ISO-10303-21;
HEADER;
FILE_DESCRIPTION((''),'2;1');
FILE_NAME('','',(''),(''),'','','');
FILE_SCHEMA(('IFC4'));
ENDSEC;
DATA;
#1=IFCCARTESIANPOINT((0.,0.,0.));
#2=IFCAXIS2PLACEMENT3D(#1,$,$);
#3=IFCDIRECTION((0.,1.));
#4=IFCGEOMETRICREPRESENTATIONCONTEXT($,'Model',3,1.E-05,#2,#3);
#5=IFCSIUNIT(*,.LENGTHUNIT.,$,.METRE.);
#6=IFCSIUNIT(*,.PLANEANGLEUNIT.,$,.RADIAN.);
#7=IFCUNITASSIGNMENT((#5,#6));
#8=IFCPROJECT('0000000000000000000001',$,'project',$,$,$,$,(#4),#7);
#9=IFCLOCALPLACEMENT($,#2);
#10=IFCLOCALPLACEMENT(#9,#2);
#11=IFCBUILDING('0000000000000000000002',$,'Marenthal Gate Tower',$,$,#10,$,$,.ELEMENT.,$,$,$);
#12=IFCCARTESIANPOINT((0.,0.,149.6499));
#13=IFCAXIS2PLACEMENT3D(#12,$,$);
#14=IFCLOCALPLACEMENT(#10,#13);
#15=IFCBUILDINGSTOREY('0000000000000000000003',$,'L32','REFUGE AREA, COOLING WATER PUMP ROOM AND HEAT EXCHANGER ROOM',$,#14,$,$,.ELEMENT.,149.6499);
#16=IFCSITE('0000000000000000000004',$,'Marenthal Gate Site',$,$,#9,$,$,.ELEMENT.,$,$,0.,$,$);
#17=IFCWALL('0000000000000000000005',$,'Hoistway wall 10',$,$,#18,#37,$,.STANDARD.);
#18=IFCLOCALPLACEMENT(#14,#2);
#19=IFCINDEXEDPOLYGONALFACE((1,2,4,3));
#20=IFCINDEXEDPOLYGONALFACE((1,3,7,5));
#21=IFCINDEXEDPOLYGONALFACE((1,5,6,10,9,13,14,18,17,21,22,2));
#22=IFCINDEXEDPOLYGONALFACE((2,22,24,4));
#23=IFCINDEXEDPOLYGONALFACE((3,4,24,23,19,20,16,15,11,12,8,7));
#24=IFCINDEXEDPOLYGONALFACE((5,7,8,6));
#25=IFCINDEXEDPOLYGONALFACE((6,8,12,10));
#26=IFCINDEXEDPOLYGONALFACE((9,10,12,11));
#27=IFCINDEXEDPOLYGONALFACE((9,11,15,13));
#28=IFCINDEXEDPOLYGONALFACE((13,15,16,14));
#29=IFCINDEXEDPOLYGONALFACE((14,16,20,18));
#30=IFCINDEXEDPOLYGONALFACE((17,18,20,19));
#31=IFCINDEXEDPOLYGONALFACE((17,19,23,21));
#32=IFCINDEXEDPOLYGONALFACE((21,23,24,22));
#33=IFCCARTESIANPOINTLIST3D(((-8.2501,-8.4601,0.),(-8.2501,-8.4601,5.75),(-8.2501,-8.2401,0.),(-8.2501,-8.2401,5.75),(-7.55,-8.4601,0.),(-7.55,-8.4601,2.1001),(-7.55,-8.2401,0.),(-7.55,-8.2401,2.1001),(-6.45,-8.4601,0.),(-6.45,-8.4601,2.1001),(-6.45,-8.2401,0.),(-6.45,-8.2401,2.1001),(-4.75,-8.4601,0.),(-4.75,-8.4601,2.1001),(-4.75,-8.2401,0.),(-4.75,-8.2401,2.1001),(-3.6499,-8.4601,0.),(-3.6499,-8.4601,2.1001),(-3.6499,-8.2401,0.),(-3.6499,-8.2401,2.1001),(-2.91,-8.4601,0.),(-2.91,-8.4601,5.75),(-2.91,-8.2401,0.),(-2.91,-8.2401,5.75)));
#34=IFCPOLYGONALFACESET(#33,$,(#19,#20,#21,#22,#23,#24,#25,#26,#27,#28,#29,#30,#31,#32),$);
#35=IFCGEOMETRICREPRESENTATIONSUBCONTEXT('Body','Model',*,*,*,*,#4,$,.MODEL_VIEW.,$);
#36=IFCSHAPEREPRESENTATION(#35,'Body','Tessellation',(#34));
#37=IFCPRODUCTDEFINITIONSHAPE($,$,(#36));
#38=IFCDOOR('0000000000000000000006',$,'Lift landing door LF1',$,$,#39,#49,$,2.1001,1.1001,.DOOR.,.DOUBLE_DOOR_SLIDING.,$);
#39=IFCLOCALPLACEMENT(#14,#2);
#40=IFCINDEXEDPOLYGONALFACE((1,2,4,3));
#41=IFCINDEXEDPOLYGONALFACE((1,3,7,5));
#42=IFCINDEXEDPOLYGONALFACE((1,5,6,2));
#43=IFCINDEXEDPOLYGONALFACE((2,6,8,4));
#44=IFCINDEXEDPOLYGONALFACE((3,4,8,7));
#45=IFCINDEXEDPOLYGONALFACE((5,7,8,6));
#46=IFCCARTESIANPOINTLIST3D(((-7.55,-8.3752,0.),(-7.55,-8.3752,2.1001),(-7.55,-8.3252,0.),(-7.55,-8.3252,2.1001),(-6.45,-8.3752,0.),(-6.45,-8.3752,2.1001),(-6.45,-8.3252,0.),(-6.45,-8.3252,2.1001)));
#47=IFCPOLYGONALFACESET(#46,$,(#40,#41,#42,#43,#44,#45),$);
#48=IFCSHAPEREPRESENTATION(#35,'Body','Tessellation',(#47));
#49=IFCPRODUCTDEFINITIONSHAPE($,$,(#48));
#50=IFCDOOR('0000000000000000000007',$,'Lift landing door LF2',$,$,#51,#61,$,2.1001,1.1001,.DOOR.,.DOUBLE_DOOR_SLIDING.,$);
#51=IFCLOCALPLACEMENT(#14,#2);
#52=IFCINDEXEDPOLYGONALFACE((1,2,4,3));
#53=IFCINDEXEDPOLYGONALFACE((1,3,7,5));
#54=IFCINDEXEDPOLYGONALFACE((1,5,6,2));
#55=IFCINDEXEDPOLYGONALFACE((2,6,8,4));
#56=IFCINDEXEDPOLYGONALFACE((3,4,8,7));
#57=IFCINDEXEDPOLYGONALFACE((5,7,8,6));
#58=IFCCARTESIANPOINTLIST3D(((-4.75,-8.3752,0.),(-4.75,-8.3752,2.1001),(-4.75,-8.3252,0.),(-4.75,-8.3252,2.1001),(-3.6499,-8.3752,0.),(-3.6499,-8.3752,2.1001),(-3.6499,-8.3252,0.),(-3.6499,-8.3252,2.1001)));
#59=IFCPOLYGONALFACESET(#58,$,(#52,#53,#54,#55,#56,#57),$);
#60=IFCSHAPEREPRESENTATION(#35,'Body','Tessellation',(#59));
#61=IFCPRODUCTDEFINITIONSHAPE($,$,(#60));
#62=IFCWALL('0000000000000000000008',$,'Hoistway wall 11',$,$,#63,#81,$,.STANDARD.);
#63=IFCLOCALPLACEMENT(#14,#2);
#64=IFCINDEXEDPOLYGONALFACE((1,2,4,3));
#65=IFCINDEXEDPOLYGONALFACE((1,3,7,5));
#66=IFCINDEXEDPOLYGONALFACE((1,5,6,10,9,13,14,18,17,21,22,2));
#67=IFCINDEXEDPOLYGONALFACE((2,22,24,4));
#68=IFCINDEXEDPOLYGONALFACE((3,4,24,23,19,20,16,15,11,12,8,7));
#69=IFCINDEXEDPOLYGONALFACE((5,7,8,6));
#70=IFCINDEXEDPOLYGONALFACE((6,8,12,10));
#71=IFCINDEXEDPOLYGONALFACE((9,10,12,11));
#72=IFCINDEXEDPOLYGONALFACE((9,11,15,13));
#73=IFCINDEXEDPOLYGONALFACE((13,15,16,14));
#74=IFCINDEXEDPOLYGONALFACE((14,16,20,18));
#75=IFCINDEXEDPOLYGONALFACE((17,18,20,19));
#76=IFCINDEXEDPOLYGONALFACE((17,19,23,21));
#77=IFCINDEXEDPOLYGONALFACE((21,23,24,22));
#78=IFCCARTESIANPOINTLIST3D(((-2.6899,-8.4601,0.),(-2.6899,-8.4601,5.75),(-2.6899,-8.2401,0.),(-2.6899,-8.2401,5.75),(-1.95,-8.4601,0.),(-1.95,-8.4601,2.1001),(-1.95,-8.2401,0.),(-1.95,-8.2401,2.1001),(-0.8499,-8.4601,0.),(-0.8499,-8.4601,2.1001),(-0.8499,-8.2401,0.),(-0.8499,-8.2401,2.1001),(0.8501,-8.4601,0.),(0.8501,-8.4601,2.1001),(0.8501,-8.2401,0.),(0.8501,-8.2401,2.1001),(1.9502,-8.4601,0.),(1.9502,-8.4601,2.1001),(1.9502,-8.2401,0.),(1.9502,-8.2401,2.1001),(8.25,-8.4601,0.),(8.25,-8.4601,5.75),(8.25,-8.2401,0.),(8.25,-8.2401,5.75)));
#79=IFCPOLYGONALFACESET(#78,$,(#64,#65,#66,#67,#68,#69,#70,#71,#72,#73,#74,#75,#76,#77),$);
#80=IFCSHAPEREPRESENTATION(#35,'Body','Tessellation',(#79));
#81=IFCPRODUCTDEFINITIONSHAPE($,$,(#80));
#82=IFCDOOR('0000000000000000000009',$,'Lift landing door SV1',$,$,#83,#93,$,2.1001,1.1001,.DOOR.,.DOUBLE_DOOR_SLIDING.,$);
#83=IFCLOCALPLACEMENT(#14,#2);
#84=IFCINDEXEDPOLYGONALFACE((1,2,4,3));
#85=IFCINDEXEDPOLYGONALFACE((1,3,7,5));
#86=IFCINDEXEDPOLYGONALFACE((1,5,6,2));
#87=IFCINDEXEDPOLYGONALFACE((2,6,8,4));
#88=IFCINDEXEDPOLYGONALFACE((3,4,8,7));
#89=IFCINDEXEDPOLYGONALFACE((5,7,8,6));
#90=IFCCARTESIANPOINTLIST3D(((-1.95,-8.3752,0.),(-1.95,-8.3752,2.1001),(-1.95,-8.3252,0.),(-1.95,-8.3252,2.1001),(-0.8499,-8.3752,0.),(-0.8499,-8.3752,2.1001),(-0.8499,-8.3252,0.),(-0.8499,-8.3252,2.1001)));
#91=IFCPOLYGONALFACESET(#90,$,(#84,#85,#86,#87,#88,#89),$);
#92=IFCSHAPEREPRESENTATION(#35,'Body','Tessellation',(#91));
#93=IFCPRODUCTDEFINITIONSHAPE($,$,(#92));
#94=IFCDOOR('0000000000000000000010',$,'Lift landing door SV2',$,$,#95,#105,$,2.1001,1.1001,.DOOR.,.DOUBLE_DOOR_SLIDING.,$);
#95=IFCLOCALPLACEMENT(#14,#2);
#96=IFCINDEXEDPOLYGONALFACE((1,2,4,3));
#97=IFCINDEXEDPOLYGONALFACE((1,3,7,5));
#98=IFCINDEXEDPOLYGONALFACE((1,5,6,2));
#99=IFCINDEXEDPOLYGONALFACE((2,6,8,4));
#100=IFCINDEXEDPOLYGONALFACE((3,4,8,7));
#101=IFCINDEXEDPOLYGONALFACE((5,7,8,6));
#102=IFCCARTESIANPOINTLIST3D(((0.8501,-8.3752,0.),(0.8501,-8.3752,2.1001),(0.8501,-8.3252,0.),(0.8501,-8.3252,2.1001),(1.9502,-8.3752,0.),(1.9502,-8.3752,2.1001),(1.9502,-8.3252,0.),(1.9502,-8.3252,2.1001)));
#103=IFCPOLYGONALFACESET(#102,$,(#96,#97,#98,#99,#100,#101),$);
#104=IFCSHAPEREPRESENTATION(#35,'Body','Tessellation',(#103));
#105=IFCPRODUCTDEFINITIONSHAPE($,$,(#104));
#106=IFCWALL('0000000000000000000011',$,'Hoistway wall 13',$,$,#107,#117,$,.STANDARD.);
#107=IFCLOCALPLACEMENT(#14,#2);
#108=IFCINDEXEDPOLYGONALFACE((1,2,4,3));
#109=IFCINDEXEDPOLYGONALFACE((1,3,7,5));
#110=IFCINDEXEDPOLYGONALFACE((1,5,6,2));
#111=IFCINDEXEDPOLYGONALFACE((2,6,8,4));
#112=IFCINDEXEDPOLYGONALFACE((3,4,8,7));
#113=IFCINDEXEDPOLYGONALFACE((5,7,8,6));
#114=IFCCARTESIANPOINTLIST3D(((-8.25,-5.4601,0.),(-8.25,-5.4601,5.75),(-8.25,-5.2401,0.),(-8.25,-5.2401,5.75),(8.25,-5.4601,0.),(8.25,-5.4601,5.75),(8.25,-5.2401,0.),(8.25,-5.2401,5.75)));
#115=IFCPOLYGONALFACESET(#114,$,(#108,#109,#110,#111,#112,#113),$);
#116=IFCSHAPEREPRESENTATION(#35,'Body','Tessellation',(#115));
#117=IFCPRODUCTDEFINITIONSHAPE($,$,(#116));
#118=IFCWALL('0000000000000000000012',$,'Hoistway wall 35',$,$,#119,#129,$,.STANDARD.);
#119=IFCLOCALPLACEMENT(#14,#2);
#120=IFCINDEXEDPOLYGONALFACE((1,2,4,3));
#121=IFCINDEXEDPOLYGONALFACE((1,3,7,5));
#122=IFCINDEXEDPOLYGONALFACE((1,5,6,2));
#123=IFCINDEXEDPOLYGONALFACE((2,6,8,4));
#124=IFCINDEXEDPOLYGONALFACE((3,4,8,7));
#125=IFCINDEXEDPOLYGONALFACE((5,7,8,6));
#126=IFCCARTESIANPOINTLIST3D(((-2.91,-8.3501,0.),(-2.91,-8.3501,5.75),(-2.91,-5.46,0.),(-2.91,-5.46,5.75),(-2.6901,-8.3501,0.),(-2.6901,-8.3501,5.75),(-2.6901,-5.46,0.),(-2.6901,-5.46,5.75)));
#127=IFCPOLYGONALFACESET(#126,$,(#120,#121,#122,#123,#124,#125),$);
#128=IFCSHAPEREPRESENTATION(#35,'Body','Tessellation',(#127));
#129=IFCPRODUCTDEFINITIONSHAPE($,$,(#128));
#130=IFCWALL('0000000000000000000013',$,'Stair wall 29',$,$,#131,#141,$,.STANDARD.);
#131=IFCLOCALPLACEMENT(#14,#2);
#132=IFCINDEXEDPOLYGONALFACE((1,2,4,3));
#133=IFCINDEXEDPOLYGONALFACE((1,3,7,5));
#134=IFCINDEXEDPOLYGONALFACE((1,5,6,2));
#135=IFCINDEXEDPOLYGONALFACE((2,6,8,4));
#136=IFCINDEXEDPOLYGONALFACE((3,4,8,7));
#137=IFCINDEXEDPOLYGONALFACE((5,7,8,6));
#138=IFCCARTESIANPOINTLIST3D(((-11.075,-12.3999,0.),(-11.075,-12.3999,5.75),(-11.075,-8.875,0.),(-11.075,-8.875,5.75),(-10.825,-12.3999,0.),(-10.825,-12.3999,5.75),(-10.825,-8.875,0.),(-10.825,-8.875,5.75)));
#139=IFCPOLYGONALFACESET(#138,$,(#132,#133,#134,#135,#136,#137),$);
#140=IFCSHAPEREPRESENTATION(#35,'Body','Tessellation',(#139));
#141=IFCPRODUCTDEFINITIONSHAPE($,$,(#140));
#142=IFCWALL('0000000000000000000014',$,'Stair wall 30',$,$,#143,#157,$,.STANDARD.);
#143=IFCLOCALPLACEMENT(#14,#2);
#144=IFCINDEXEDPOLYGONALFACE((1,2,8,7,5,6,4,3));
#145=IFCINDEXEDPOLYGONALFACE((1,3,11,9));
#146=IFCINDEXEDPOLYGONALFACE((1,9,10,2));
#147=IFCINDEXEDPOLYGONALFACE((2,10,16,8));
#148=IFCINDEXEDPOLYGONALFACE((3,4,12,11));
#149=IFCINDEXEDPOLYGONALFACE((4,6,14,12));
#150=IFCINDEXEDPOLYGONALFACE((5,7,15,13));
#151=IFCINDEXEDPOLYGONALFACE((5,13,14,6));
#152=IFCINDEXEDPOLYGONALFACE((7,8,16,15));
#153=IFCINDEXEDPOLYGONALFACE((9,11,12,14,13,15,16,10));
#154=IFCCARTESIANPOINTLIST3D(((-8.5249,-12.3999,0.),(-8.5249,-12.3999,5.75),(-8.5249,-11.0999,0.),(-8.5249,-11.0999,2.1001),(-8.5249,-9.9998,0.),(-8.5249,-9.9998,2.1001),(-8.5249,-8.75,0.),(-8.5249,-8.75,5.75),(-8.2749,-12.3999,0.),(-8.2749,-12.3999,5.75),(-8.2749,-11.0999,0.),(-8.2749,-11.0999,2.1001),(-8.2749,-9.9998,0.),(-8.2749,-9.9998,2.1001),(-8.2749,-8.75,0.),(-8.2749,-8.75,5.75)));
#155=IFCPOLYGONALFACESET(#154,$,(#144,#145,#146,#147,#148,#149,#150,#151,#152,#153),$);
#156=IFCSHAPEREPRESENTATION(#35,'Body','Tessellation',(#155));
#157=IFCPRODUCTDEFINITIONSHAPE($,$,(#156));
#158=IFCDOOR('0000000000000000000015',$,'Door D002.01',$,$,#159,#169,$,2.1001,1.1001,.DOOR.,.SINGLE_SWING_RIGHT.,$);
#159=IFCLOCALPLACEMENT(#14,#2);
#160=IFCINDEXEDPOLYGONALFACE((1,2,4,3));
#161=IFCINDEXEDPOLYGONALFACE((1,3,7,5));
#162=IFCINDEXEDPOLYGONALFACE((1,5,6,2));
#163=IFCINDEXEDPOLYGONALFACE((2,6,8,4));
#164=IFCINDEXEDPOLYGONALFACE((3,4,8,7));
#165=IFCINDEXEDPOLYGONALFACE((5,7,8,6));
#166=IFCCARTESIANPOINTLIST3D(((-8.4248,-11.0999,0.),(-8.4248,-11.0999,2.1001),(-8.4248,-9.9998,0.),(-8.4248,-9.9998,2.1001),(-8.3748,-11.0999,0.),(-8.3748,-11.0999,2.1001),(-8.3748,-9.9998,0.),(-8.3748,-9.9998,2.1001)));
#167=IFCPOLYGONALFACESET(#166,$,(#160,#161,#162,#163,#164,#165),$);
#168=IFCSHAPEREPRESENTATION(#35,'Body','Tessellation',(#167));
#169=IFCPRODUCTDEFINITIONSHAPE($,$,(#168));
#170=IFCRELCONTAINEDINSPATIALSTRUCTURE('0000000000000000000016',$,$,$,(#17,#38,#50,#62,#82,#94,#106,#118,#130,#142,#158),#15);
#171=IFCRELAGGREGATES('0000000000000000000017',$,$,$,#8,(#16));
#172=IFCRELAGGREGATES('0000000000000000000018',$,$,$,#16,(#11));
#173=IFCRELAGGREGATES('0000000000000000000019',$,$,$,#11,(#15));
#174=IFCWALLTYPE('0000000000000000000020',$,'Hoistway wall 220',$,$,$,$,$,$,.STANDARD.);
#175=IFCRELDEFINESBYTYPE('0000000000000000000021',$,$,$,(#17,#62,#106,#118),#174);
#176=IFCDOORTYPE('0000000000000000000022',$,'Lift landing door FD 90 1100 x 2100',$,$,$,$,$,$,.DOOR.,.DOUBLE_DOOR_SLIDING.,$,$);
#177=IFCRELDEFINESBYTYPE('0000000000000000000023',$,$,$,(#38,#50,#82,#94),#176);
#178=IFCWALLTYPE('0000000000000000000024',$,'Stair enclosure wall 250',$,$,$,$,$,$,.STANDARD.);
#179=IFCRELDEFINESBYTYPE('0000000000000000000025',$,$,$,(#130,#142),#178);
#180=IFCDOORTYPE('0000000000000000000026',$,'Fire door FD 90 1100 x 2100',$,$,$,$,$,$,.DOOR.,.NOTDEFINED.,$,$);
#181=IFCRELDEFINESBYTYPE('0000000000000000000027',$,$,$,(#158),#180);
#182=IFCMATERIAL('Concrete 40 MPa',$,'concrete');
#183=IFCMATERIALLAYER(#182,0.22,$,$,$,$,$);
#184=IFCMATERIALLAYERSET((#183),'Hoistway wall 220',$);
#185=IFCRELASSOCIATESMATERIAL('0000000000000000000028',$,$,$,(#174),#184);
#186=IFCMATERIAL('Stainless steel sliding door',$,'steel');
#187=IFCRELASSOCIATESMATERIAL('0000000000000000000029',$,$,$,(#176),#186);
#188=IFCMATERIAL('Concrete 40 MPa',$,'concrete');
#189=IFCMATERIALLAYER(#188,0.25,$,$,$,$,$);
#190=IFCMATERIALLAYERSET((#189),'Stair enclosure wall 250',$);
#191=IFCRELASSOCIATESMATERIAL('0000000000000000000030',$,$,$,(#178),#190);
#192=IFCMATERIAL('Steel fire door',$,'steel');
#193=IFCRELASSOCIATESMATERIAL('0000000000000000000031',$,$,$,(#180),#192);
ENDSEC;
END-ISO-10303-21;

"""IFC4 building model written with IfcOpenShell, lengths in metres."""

from ifc_helpers import new_model, si_unit, direction, frame, frame_2d, origin, place, context, subcontext, project, spatial, rectangle, extrude, material, layer, layer_set, type_object, element, fill, save


model = new_model("IFC4")

# Units and contexts
model_context = context("Model", 3, precision=1e-05, world=origin(), true_north=direction((0.0, 1.0)))
body_context = subcontext(model_context, "Body", "Model", "MODEL_VIEW")
ifc_project = project(units=[si_unit("LENGTHUNIT", "METRE"), si_unit("PLANEANGLEUNIT", "RADIAN")], contexts=[model_context])

# Site, building, storey
site_placement = place(None, origin())
site = spatial("IfcSite", under=ifc_project, at=site_placement, Name="Marenthal Gate Site", CompositionType="ELEMENT", RefElevation=0.0)
building_placement = place(site_placement, origin())
building = spatial("IfcBuilding", under=site, at=building_placement, Name="Marenthal Gate Tower", CompositionType="ELEMENT")
storey_placement = place(building_placement, frame((0.0, 0.0, 149.6499)))
storey = spatial("IfcBuildingStorey", under=building, at=storey_placement, Name="L32", Description="REFUGE AREA, COOLING WATER PUMP ROOM AND HEAT EXCHANGER ROOM", CompositionType="ELEMENT", Elevation=149.6499)

# Walls, openings, doors
ifc_material_1 = material(Name="Concrete 40 MPa", Category="concrete")
ifc_layer_1 = layer(ifc_material_1, 0.22)
ifc_layer_set_1 = layer_set([ifc_layer_1], Name="Hoistway wall 220")
wall_type_1 = type_object("IfcWallType", Name="Hoistway wall 220", PredefinedType="STANDARD", material=ifc_layer_set_1)
wall_1_placement = place(storey_placement, frame((-8.25, -8.3501, 0.0), z_axis=(0.0, 0.0, 1.0), x_axis=(1.0, 0.0, 0.0)))
wall_1 = element("IfcWall", 1, at=wall_1_placement, inside=storey, type_object=wall_type_1, Name="Hoistway wall 10", PredefinedType="STANDARD", context=body_context, shape_type="SweptSolid", body=[
    extrude(rectangle(XDim=5.3401, YDim=0.22, at=frame_2d((2.6699, 0.0))), origin(), (0.0, 0.0, 1.0), 5.75),
])
opening_1_placement = place(wall_1_placement, frame((0.7, 0.0, 0.0)))
opening_1 = element("IfcOpeningElement", 2, at=opening_1_placement, cuts=wall_1, PredefinedType="OPENING", context=body_context, shape_type="SweptSolid", body=[
    extrude(rectangle(XDim=1.1001, YDim=2.1001, at=frame_2d((0.55, 1.05))), frame((0.0, 0.1201, 0.0), z_axis=(0.0, -1.0, 0.0), x_axis=(1.0, 0.0, 0.0)), (0.0, 0.0, 1.0), 0.24),
])
opening_2_placement = place(wall_1_placement, frame((3.5, 0.0, 0.0)))
opening_2 = element("IfcOpeningElement", 3, at=opening_2_placement, cuts=wall_1, PredefinedType="OPENING", context=body_context, shape_type="SweptSolid", body=[
    extrude(rectangle(XDim=1.1001, YDim=2.1001, at=frame_2d((0.55, 1.05))), frame((0.0, 0.1201, 0.0), z_axis=(0.0, -1.0, 0.0), x_axis=(1.0, 0.0, 0.0)), (0.0, 0.0, 1.0), 0.24),
])
ifc_material_2 = material(Name="Stainless steel sliding door", Category="steel")
door_type_1 = type_object("IfcDoorType", Name="Lift landing door FD 90 1100 x 2100", OperationType="DOUBLE_DOOR_SLIDING", PredefinedType="DOOR", material=ifc_material_2)
door_1_placement = place(opening_1_placement, origin())
door_1 = element("IfcDoor", 4, at=door_1_placement, inside=storey, type_object=door_type_1, Name="Lift landing door LF1", OperationType="DOUBLE_DOOR_SLIDING", OverallHeight=2.1001, OverallWidth=1.1001, PredefinedType="DOOR", context=body_context, shape_type="SweptSolid", body=[
    extrude(rectangle(XDim=1.1001, YDim=2.1001, at=frame_2d((0.55, 1.05))), frame((0.0, 0.0249, 0.0), z_axis=(0.0, -1.0, 0.0), x_axis=(1.0, 0.0, 0.0)), (0.0, 0.0, 1.0), 0.05),
])
fill(opening_1, door_1)
door_2_placement = place(opening_2_placement, origin())
door_2 = element("IfcDoor", 5, at=door_2_placement, inside=storey, type_object=door_type_1, Name="Lift landing door LF2", OperationType="DOUBLE_DOOR_SLIDING", OverallHeight=2.1001, OverallWidth=1.1001, PredefinedType="DOOR", context=body_context, shape_type="SweptSolid", body=[
    extrude(rectangle(XDim=1.1001, YDim=2.1001, at=frame_2d((0.55, 1.05))), frame((0.0, 0.0249, 0.0), z_axis=(0.0, -1.0, 0.0), x_axis=(1.0, 0.0, 0.0)), (0.0, 0.0, 1.0), 0.05),
])
fill(opening_2, door_2)
wall_2_placement = place(storey_placement, frame((-2.6899, -8.3501, 0.0), z_axis=(0.0, 0.0, 1.0), x_axis=(1.0, 0.0, 0.0)))
wall_2 = element("IfcWall", 6, at=wall_2_placement, inside=storey, type_object=wall_type_1, Name="Hoistway wall 11", PredefinedType="STANDARD", context=body_context, shape_type="SweptSolid", body=[
    extrude(rectangle(XDim=10.9399, YDim=0.22, at=frame_2d((5.47, 0.0))), origin(), (0.0, 0.0, 1.0), 5.75),
])
opening_3_placement = place(wall_2_placement, frame((0.74, 0.0, 0.0)))
opening_3 = element("IfcOpeningElement", 7, at=opening_3_placement, cuts=wall_2, PredefinedType="OPENING", context=body_context, shape_type="SweptSolid", body=[
    extrude(rectangle(XDim=1.1001, YDim=2.1001, at=frame_2d((0.55, 1.05))), frame((0.0, 0.1201, 0.0), z_axis=(0.0, -1.0, 0.0), x_axis=(1.0, 0.0, 0.0)), (0.0, 0.0, 1.0), 0.24),
])
opening_4_placement = place(wall_2_placement, frame((3.54, 0.0, 0.0)))
opening_4 = element("IfcOpeningElement", 8, at=opening_4_placement, cuts=wall_2, PredefinedType="OPENING", context=body_context, shape_type="SweptSolid", body=[
    extrude(rectangle(XDim=1.1001, YDim=2.1001, at=frame_2d((0.55, 1.05))), frame((0.0, 0.1201, 0.0), z_axis=(0.0, -1.0, 0.0), x_axis=(1.0, 0.0, 0.0)), (0.0, 0.0, 1.0), 0.24),
])
door_3_placement = place(opening_3_placement, origin())
door_3 = element("IfcDoor", 9, at=door_3_placement, inside=storey, type_object=door_type_1, Name="Lift landing door SV1", OperationType="DOUBLE_DOOR_SLIDING", OverallHeight=2.1001, OverallWidth=1.1001, PredefinedType="DOOR", context=body_context, shape_type="SweptSolid", body=[
    extrude(rectangle(XDim=1.1001, YDim=2.1001, at=frame_2d((0.55, 1.05))), frame((0.0, 0.0249, 0.0), z_axis=(0.0, -1.0, 0.0), x_axis=(1.0, 0.0, 0.0)), (0.0, 0.0, 1.0), 0.05),
])
fill(opening_3, door_3)
door_4_placement = place(opening_4_placement, origin())
door_4 = element("IfcDoor", 10, at=door_4_placement, inside=storey, type_object=door_type_1, Name="Lift landing door SV2", OperationType="DOUBLE_DOOR_SLIDING", OverallHeight=2.1001, OverallWidth=1.1001, PredefinedType="DOOR", context=body_context, shape_type="SweptSolid", body=[
    extrude(rectangle(XDim=1.1001, YDim=2.1001, at=frame_2d((0.55, 1.05))), frame((0.0, 0.0249, 0.0), z_axis=(0.0, -1.0, 0.0), x_axis=(1.0, 0.0, 0.0)), (0.0, 0.0, 1.0), 0.05),
])
fill(opening_4, door_4)

# Walls
wall_3_placement = place(storey_placement, frame((-8.25, -5.3501, 0.0), z_axis=(0.0, 0.0, 1.0), x_axis=(1.0, 0.0, 0.0)))
element("IfcWall", 11, at=wall_3_placement, inside=storey, type_object=wall_type_1, Name="Hoistway wall 13", PredefinedType="STANDARD", context=body_context, shape_type="SweptSolid", body=[
    extrude(rectangle(XDim=16.5, YDim=0.22, at=frame_2d((8.25, 0.0))), origin(), (0.0, 0.0, 1.0), 5.75),
])
wall_4_placement = place(storey_placement, frame((-2.8, -8.3501, 0.0), z_axis=(0.0, 0.0, 1.0), x_axis=(0.0, 1.0, 0.0)))
element("IfcWall", 12, at=wall_4_placement, inside=storey, type_object=wall_type_1, Name="Hoistway wall 35", PredefinedType="STANDARD", context=body_context, shape_type="SweptSolid", body=[
    extrude(rectangle(XDim=2.8901, YDim=0.22, at=frame_2d((1.4451, 0.0))), origin(), (0.0, 0.0, 1.0), 5.75),
])
ifc_material_3 = material(Name="Concrete 40 MPa", Category="concrete")
ifc_layer_2 = layer(ifc_material_3, 0.25)
ifc_layer_set_2 = layer_set([ifc_layer_2], Name="Stair enclosure wall 250")
wall_type_2 = type_object("IfcWallType", Name="Stair enclosure wall 250", PredefinedType="STANDARD", material=ifc_layer_set_2)
wall_5_placement = place(storey_placement, frame((-10.95, -12.3999, 0.0), z_axis=(0.0, 0.0, 1.0), x_axis=(0.0, 1.0, 0.0)))
element("IfcWall", 13, at=wall_5_placement, inside=storey, type_object=wall_type_2, Name="Stair wall 29", PredefinedType="STANDARD", context=body_context, shape_type="SweptSolid", body=[
    extrude(rectangle(XDim=3.5249, YDim=0.25, at=frame_2d((1.7625, 0.0))), origin(), (0.0, 0.0, 1.0), 5.75),
])

# Wall, opening, door
wall_6_placement = place(storey_placement, frame((-8.3999, -12.3999, 0.0), z_axis=(0.0, 0.0, 1.0), x_axis=(0.0, 1.0, 0.0)))
wall_6 = element("IfcWall", 14, at=wall_6_placement, inside=storey, type_object=wall_type_2, Name="Stair wall 30", PredefinedType="STANDARD", context=body_context, shape_type="SweptSolid", body=[
    extrude(rectangle(XDim=3.6499, YDim=0.25, at=frame_2d((1.825, 0.0))), origin(), (0.0, 0.0, 1.0), 5.75),
])
opening_5_placement = place(wall_6_placement, frame((1.3, 0.0, 0.0)))
opening_5 = element("IfcOpeningElement", 15, at=opening_5_placement, cuts=wall_6, PredefinedType="OPENING", context=body_context, shape_type="SweptSolid", body=[
    extrude(rectangle(XDim=1.1001, YDim=2.1001, at=frame_2d((0.55, 1.05))), frame((0.0, 0.135, 0.0), z_axis=(0.0, -1.0, 0.0), x_axis=(1.0, 0.0, 0.0)), (0.0, 0.0, 1.0), 0.27),
])
ifc_material_4 = material(Name="Steel fire door", Category="steel")
door_type_2 = type_object("IfcDoorType", Name="Fire door FD 90 1100 x 2100", OperationType="NOTDEFINED", PredefinedType="DOOR", material=ifc_material_4)
door_5_placement = place(opening_5_placement, origin())
door_5 = element("IfcDoor", 16, at=door_5_placement, inside=storey, type_object=door_type_2, Name="Door D002.01", OperationType="SINGLE_SWING_RIGHT", OverallHeight=2.1001, OverallWidth=1.1001, PredefinedType="DOOR", context=body_context, shape_type="SweptSolid", body=[
    extrude(rectangle(XDim=1.1001, YDim=2.1001, at=frame_2d((0.55, 1.05))), frame((0.0, 0.0249, 0.0), z_axis=(0.0, -1.0, 0.0), x_axis=(1.0, 0.0, 0.0)), (0.0, 0.0, 1.0), 0.05),
])
fill(opening_5, door_5)

save(model, "model.ifc")
